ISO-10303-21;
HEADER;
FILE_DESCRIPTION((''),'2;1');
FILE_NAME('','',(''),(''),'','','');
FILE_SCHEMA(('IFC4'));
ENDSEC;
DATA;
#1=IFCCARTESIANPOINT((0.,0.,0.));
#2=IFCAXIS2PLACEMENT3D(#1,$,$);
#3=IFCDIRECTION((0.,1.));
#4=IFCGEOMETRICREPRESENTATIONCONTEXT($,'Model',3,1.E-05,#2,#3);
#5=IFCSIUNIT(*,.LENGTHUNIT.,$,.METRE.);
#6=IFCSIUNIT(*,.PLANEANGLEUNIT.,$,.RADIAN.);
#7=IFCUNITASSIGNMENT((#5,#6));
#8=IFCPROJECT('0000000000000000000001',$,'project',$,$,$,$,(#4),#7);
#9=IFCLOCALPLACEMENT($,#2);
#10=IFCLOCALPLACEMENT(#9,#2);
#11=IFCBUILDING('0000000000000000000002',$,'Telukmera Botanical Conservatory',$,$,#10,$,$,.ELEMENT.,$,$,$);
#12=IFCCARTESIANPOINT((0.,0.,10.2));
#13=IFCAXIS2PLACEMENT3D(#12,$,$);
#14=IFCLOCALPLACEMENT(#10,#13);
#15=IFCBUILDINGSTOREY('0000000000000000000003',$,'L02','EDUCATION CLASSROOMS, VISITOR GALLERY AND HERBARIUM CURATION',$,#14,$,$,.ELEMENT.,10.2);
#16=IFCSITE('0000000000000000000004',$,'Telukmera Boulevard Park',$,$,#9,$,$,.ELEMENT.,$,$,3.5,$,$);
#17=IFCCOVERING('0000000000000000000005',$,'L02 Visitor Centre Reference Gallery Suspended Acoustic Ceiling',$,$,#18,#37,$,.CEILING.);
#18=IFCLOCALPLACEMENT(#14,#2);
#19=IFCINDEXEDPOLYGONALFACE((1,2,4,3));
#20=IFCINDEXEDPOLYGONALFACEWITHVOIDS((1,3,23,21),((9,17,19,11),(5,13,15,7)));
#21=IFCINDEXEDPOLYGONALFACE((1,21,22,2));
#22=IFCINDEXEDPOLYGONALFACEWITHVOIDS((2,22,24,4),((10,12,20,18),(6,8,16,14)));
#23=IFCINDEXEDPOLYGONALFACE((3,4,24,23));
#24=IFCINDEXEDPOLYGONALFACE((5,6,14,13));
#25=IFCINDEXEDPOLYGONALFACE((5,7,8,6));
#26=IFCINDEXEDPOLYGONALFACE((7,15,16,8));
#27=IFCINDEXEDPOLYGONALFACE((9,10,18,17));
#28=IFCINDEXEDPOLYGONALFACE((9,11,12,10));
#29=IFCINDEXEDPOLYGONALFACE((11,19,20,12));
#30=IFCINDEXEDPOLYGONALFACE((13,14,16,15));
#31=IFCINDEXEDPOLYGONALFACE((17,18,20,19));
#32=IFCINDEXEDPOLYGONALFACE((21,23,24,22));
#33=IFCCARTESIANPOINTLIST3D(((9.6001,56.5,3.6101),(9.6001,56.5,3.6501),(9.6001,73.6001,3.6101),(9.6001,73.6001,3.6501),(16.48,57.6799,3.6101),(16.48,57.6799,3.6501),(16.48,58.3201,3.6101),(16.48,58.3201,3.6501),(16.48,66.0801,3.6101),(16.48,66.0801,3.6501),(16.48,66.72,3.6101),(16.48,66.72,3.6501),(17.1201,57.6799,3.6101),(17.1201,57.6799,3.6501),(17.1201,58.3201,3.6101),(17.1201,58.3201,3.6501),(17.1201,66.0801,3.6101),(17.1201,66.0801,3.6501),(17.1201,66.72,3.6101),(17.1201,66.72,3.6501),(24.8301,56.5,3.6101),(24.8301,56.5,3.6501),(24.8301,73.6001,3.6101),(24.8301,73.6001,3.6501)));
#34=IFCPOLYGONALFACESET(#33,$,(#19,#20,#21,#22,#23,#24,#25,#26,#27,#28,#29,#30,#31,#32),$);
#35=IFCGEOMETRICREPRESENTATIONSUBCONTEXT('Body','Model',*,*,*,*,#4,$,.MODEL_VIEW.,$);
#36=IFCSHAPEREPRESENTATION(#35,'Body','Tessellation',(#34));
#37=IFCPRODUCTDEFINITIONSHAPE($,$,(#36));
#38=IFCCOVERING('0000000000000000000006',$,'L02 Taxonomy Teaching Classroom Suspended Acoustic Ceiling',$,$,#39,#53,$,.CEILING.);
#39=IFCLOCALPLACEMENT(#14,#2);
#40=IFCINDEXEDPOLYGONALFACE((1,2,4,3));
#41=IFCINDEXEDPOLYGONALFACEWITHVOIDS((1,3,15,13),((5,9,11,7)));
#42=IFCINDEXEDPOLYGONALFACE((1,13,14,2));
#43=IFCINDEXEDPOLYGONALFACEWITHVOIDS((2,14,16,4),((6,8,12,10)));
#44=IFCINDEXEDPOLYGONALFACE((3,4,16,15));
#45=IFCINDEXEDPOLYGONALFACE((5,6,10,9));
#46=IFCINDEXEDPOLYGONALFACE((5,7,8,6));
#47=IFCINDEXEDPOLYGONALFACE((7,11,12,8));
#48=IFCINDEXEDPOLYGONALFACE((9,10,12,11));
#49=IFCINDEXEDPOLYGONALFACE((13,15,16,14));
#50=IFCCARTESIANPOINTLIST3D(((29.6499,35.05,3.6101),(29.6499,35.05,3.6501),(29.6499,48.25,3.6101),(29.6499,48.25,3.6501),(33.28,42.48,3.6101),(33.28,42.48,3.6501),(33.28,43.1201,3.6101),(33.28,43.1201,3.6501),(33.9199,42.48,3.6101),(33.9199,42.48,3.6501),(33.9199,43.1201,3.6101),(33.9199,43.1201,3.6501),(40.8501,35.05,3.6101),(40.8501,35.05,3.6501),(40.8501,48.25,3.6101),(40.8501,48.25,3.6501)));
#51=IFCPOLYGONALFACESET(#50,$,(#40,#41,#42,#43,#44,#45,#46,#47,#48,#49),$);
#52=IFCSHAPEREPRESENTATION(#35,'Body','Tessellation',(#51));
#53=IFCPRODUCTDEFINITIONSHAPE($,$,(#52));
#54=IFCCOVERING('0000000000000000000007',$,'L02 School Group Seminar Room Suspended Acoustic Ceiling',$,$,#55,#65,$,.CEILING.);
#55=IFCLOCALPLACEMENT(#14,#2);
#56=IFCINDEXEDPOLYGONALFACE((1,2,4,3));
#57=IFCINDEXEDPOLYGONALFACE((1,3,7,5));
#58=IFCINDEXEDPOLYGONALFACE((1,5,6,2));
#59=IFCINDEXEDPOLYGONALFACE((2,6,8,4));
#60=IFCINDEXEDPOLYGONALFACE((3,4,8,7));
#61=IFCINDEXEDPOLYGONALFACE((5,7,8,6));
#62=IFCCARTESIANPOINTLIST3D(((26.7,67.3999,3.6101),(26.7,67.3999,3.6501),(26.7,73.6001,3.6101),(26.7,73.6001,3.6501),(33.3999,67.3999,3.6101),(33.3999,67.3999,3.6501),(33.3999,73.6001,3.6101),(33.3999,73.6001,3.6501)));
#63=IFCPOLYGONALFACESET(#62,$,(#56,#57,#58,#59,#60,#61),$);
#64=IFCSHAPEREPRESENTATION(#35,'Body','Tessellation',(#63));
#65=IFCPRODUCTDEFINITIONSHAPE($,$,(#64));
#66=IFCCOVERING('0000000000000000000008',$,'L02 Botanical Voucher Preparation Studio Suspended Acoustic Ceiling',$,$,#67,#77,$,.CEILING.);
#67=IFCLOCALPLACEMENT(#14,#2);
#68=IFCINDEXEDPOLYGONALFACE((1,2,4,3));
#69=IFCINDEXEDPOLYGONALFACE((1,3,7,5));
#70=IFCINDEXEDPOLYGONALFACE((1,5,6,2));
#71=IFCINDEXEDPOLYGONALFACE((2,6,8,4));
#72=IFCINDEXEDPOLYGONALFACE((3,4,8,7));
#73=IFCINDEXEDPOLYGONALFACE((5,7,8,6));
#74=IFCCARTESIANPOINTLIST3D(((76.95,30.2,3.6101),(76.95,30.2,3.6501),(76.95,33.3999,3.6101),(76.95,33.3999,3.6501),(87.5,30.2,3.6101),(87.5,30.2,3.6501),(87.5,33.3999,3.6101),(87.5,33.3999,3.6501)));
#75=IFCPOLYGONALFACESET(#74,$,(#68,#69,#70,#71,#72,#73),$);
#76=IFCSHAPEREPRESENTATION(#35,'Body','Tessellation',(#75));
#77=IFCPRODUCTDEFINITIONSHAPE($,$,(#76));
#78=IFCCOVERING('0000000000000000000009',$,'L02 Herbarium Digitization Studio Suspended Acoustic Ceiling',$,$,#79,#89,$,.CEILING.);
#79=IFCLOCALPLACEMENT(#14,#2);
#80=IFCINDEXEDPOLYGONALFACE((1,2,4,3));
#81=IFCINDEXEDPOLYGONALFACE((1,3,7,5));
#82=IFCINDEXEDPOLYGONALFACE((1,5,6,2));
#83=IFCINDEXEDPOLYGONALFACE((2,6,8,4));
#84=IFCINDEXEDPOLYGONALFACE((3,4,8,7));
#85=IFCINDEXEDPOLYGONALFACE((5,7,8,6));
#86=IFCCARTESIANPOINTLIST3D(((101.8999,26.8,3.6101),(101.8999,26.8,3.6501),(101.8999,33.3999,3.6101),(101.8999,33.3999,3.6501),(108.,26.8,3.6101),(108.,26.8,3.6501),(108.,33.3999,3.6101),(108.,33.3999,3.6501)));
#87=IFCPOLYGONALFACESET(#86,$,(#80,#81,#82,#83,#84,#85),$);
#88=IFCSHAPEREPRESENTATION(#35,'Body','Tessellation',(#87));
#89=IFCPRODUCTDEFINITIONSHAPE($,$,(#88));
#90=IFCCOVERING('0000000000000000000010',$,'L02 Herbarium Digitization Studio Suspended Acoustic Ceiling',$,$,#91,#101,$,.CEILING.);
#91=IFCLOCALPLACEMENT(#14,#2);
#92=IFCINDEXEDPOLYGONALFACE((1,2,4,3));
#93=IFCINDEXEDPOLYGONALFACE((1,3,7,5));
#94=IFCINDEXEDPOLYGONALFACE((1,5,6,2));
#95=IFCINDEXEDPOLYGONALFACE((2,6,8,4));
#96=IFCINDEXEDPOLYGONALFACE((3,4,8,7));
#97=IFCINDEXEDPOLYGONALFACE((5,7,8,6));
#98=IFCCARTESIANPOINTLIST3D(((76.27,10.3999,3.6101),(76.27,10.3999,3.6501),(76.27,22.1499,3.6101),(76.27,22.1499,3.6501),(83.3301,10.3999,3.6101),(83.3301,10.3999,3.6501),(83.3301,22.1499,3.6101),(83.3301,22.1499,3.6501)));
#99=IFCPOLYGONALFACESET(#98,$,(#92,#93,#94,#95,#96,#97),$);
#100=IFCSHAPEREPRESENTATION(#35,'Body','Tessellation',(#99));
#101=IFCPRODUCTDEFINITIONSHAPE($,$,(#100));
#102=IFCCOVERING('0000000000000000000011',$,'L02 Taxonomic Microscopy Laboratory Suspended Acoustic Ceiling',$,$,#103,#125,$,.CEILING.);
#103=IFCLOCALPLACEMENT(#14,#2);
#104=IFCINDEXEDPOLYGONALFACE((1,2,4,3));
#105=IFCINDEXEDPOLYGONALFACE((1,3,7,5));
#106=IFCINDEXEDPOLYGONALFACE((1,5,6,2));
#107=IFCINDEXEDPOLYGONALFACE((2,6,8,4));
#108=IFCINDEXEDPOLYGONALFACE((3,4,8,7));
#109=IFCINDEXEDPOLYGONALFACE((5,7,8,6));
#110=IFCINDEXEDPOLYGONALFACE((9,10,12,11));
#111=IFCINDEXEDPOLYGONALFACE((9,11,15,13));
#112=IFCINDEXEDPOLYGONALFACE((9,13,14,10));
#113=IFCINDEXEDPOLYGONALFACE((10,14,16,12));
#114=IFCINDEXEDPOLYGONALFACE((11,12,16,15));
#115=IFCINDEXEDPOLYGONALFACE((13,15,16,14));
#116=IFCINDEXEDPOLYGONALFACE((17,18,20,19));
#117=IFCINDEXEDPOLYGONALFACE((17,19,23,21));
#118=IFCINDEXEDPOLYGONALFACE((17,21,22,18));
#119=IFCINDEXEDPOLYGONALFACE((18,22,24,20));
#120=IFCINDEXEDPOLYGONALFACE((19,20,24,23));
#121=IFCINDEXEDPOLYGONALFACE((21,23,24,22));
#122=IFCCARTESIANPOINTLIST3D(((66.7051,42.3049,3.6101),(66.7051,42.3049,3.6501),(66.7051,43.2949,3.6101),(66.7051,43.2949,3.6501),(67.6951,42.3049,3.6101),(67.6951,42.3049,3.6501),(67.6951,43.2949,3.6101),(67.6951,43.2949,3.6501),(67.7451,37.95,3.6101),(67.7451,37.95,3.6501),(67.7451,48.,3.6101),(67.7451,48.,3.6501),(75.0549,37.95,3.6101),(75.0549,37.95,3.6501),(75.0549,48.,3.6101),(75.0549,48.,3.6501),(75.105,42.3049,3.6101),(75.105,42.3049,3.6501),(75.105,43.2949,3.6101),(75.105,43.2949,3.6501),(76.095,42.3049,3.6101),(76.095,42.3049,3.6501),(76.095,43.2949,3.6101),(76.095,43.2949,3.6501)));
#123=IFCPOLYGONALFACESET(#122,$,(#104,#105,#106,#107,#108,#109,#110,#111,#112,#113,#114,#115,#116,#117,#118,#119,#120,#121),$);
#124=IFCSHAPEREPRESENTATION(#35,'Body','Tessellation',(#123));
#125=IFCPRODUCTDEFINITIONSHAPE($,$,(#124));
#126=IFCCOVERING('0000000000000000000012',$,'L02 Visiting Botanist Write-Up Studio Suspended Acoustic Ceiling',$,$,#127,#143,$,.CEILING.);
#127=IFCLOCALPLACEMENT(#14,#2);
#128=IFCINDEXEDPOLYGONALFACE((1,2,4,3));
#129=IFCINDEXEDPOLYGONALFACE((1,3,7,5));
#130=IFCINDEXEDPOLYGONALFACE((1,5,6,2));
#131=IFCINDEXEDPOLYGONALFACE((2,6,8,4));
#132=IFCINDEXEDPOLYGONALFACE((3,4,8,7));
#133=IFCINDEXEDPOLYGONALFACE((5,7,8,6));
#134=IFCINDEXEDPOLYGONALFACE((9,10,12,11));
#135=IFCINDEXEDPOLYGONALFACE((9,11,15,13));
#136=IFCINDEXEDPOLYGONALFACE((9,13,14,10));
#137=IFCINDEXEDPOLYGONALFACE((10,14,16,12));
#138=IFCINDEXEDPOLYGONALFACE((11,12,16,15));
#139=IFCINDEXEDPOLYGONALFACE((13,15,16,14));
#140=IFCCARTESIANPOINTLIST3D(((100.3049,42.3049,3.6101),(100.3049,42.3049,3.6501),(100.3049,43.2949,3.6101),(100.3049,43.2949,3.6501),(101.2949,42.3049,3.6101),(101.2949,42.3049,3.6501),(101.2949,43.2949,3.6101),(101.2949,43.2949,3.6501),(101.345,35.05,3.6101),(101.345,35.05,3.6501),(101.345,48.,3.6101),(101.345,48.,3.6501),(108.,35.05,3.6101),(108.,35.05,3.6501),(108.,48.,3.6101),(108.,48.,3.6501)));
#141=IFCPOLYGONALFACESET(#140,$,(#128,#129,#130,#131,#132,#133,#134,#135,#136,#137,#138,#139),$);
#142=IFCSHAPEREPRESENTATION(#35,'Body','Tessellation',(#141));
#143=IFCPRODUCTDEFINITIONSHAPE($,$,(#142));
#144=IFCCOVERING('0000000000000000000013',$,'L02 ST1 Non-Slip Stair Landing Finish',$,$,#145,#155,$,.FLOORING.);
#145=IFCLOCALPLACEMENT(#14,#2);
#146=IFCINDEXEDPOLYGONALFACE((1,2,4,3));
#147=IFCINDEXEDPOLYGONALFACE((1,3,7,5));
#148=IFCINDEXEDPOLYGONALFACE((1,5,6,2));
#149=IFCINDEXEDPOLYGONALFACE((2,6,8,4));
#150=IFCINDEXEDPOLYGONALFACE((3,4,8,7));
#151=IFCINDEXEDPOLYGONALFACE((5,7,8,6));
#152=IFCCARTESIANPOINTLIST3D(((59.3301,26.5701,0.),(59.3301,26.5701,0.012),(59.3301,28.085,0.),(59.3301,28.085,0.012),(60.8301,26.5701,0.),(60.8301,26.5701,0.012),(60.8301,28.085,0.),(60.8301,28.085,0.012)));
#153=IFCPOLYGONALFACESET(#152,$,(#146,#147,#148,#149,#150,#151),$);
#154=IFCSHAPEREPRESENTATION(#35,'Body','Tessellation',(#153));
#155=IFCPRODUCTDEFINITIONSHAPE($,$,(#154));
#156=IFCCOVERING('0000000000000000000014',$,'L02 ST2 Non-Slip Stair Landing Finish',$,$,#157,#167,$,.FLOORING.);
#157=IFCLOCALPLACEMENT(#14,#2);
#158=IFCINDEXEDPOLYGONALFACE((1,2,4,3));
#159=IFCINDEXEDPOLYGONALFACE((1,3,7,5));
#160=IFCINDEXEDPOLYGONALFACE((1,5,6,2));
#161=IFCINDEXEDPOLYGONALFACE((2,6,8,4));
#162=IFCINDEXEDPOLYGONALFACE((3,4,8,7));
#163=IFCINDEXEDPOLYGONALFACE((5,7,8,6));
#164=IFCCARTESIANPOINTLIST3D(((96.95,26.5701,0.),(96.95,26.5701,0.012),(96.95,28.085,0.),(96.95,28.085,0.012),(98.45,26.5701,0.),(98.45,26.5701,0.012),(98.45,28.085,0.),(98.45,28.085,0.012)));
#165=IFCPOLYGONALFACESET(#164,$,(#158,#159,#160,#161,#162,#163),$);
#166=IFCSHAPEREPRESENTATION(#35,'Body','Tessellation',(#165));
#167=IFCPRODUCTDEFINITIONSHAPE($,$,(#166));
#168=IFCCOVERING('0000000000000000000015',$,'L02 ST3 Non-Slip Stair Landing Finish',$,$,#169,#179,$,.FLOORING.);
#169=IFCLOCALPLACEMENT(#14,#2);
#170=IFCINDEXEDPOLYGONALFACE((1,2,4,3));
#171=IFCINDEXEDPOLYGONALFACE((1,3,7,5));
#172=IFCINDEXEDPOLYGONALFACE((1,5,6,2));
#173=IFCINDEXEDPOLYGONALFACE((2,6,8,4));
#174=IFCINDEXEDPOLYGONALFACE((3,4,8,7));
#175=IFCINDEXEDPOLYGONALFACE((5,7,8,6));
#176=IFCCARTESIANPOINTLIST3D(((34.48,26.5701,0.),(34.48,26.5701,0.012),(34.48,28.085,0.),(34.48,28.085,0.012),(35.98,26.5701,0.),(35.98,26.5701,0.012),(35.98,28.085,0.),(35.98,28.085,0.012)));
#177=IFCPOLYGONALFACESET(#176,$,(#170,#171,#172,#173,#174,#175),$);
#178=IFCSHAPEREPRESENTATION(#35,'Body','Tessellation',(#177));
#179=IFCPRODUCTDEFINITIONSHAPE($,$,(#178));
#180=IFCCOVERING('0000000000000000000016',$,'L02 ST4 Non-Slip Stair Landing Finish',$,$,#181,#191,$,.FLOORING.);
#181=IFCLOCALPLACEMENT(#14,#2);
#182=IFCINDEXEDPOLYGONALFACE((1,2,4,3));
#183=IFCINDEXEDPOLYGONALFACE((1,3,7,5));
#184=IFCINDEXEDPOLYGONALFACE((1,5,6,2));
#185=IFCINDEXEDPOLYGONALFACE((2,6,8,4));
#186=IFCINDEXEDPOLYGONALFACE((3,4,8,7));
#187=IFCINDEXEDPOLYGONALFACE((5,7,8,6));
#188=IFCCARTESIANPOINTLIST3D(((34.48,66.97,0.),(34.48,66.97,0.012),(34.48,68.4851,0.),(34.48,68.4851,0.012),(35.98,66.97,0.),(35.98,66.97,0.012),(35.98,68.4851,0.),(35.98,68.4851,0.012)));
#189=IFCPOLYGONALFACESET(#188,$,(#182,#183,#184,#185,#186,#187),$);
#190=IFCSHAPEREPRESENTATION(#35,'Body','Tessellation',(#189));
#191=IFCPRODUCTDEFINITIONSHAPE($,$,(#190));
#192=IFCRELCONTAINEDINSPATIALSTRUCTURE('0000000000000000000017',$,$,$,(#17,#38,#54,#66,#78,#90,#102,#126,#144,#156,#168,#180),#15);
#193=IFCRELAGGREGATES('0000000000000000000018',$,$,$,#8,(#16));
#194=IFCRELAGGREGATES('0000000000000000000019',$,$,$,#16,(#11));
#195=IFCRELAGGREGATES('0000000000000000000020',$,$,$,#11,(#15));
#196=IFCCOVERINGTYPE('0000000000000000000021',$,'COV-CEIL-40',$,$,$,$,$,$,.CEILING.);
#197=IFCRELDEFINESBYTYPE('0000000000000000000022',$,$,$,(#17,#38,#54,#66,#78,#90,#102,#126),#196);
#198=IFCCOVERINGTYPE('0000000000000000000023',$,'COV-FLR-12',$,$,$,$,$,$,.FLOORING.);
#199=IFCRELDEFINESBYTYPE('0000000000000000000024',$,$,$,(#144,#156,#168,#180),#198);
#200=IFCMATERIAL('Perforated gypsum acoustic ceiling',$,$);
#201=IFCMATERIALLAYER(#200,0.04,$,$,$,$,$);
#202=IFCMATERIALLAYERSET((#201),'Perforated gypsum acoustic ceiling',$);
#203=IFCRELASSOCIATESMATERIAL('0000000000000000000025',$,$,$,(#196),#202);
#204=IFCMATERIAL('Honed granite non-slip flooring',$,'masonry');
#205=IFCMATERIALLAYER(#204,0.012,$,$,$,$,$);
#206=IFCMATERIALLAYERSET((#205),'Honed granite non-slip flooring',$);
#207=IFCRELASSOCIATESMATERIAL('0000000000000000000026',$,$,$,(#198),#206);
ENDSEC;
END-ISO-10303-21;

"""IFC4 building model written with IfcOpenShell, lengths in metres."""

from ifc_helpers import new_model, si_unit, direction, frame, origin, place, context, subcontext, project, spatial, polyline, outline, extrude, material, layer, layer_set, type_object, element, save


model = new_model("IFC4")

# Units and contexts
model_context = context("Model", 3, precision=1e-05, world=origin(), true_north=direction((0.0, 1.0)))
body_context = subcontext(model_context, "Body", "Model", "MODEL_VIEW")
ifc_project = project(units=[si_unit("LENGTHUNIT", "METRE"), si_unit("PLANEANGLEUNIT", "RADIAN")], contexts=[model_context])

# Site, building, storey
site_placement = place(None, origin())
site = spatial("IfcSite", under=ifc_project, at=site_placement, Name="Telukmera Boulevard Park", CompositionType="ELEMENT", RefElevation=3.5)
building_placement = place(site_placement, origin())
building = spatial("IfcBuilding", under=site, at=building_placement, Name="Telukmera Botanical Conservatory", CompositionType="ELEMENT")
storey_placement = place(building_placement, frame((0.0, 0.0, 10.2)))
storey = spatial("IfcBuildingStorey", under=building, at=storey_placement, Name="L02", Description="EDUCATION CLASSROOMS, VISITOR GALLERY AND HERBARIUM CURATION", CompositionType="ELEMENT", Elevation=10.2)

# Coverings
ifc_material_1 = material(Name="Perforated gypsum acoustic ceiling")
ifc_layer_1 = layer(ifc_material_1, 0.04)
ifc_layer_set_1 = layer_set([ifc_layer_1], Name="Perforated gypsum acoustic ceiling")
covering_type_1 = type_object("IfcCoveringType", Name="COV-CEIL-40", PredefinedType="CEILING", material=ifc_layer_set_1)
covering_1_placement = place(storey_placement, frame((0.0, 0.0, 3.6101)))
element("IfcCovering", 1, at=covering_1_placement, inside=storey, type_object=covering_type_1, Name="L02 Visitor Centre Reference Gallery Suspended Acoustic Ceiling", PredefinedType="CEILING", context=body_context, shape_type="SweptSolid", body=[
    extrude(outline(polyline([(9.6001, 56.5), (24.8301, 56.5), (24.8301, 73.6001), (9.6001, 73.6001), (9.6001, 56.5)]), holes=[polyline([(16.48, 57.6799), (17.1201, 57.6799), (17.1201, 58.3201), (16.48, 58.3201), (16.48, 57.6799)]), polyline([(16.48, 66.0801), (17.1201, 66.0801), (17.1201, 66.72), (16.48, 66.72), (16.48, 66.0801)])]), origin(), (0.0, 0.0, 1.0), 0.04),
])
covering_2_placement = place(storey_placement, frame((0.0, 0.0, 3.6101)))
element("IfcCovering", 2, at=covering_2_placement, inside=storey, type_object=covering_type_1, Name="L02 Taxonomy Teaching Classroom Suspended Acoustic Ceiling", PredefinedType="CEILING", context=body_context, shape_type="SweptSolid", body=[
    extrude(outline(polyline([(29.6499, 35.05), (40.8501, 35.05), (40.8501, 48.25), (29.6499, 48.25), (29.6499, 35.05)]), holes=[polyline([(33.28, 42.48), (33.9199, 42.48), (33.9199, 43.1201), (33.28, 43.1201), (33.28, 42.48)])]), origin(), (0.0, 0.0, 1.0), 0.04),
])
covering_3_placement = place(storey_placement, frame((0.0, 0.0, 3.6101)))
element("IfcCovering", 3, at=covering_3_placement, inside=storey, type_object=covering_type_1, Name="L02 School Group Seminar Room Suspended Acoustic Ceiling", PredefinedType="CEILING", context=body_context, shape_type="SweptSolid", body=[
    extrude(outline(polyline([(26.7, 67.3999), (33.3999, 67.3999), (33.3999, 73.6001), (26.7, 73.6001), (26.7, 67.3999)])), origin(), (0.0, 0.0, 1.0), 0.04),
])
covering_4_placement = place(storey_placement, frame((0.0, 0.0, 3.6101)))
element("IfcCovering", 4, at=covering_4_placement, inside=storey, type_object=covering_type_1, Name="L02 Botanical Voucher Preparation Studio Suspended Acoustic Ceiling", PredefinedType="CEILING", context=body_context, shape_type="SweptSolid", body=[
    extrude(outline(polyline([(76.95, 30.2), (87.5, 30.2), (87.5, 33.3999), (76.95, 33.3999), (76.95, 30.2)])), origin(), (0.0, 0.0, 1.0), 0.04),
])
covering_5_placement = place(storey_placement, frame((0.0, 0.0, 3.6101)))
element("IfcCovering", 5, at=covering_5_placement, inside=storey, type_object=covering_type_1, Name="L02 Herbarium Digitization Studio Suspended Acoustic Ceiling", PredefinedType="CEILING", context=body_context, shape_type="SweptSolid", body=[
    extrude(outline(polyline([(101.8999, 26.8), (108.0, 26.8), (108.0, 33.3999), (101.8999, 33.3999), (101.8999, 26.8)])), origin(), (0.0, 0.0, 1.0), 0.04),
])
covering_6_placement = place(storey_placement, frame((0.0, 0.0, 3.6101)))
element("IfcCovering", 6, at=covering_6_placement, inside=storey, type_object=covering_type_1, Name="L02 Herbarium Digitization Studio Suspended Acoustic Ceiling", PredefinedType="CEILING", context=body_context, shape_type="SweptSolid", body=[
    extrude(outline(polyline([(76.27, 10.3999), (83.3301, 10.3999), (83.3301, 22.1499), (76.27, 22.1499), (76.27, 10.3999)])), origin(), (0.0, 0.0, 1.0), 0.04),
])
covering_7_placement = place(storey_placement, frame((0.0, 0.0, 3.6101)))
element("IfcCovering", 7, at=covering_7_placement, inside=storey, type_object=covering_type_1, Name="L02 Taxonomic Microscopy Laboratory Suspended Acoustic Ceiling", PredefinedType="CEILING", context=body_context, shape_type="SweptSolid", body=[
    extrude(outline(polyline([(67.7451, 37.95), (75.0549, 37.95), (75.0549, 48.0), (67.7451, 48.0), (67.7451, 37.95)]), holes=[polyline([(66.7051, 42.3049), (67.6951, 42.3049), (67.6951, 43.2949), (66.7051, 43.2949), (66.7051, 42.3049)]), polyline([(75.105, 42.3049), (76.095, 42.3049), (76.095, 43.2949), (75.105, 43.2949), (75.105, 42.3049)])]), origin(), (0.0, 0.0, 1.0), 0.04),
])
covering_8_placement = place(storey_placement, frame((0.0, 0.0, 3.6101)))
element("IfcCovering", 8, at=covering_8_placement, inside=storey, type_object=covering_type_1, Name="L02 Visiting Botanist Write-Up Studio Suspended Acoustic Ceiling", PredefinedType="CEILING", context=body_context, shape_type="SweptSolid", body=[
    extrude(outline(polyline([(101.345, 35.05), (108.0, 35.05), (108.0, 48.0), (101.345, 48.0), (101.345, 35.05)]), holes=[polyline([(100.3049, 42.3049), (101.2949, 42.3049), (101.2949, 43.2949), (100.3049, 43.2949), (100.3049, 42.3049)])]), origin(), (0.0, 0.0, 1.0), 0.04),
])
ifc_material_2 = material(Name="Honed granite non-slip flooring", Category="masonry")
ifc_layer_2 = layer(ifc_material_2, 0.012)
ifc_layer_set_2 = layer_set([ifc_layer_2], Name="Honed granite non-slip flooring")
covering_type_2 = type_object("IfcCoveringType", Name="COV-FLR-12", PredefinedType="FLOORING", material=ifc_layer_set_2)
covering_9_placement = place(storey_placement, origin())
element("IfcCovering", 9, at=covering_9_placement, inside=storey, type_object=covering_type_2, Name="L02 ST1 Non-Slip Stair Landing Finish", PredefinedType="FLOORING", context=body_context, shape_type="SweptSolid", body=[
    extrude(outline(polyline([(60.8301, 26.5701), (60.8301, 28.085), (59.3301, 28.085), (59.3301, 26.5701), (60.8301, 26.5701)])), origin(), (0.0, 0.0, 1.0), 0.012),
])
covering_10_placement = place(storey_placement, origin())
element("IfcCovering", 10, at=covering_10_placement, inside=storey, type_object=covering_type_2, Name="L02 ST2 Non-Slip Stair Landing Finish", PredefinedType="FLOORING", context=body_context, shape_type="SweptSolid", body=[
    extrude(outline(polyline([(98.45, 26.5701), (98.45, 28.085), (96.95, 28.085), (96.95, 26.5701), (98.45, 26.5701)])), origin(), (0.0, 0.0, 1.0), 0.012),
])
covering_11_placement = place(storey_placement, origin())
element("IfcCovering", 11, at=covering_11_placement, inside=storey, type_object=covering_type_2, Name="L02 ST3 Non-Slip Stair Landing Finish", PredefinedType="FLOORING", context=body_context, shape_type="SweptSolid", body=[
    extrude(outline(polyline([(35.98, 26.5701), (35.98, 28.085), (34.48, 28.085), (34.48, 26.5701), (35.98, 26.5701)])), origin(), (0.0, 0.0, 1.0), 0.012),
])
covering_12_placement = place(storey_placement, origin())
element("IfcCovering", 12, at=covering_12_placement, inside=storey, type_object=covering_type_2, Name="L02 ST4 Non-Slip Stair Landing Finish", PredefinedType="FLOORING", context=body_context, shape_type="SweptSolid", body=[
    extrude(outline(polyline([(35.98, 66.97), (35.98, 68.4851), (34.48, 68.4851), (34.48, 66.97), (35.98, 66.97)])), origin(), (0.0, 0.0, 1.0), 0.012),
])

save(model, "model.ifc")
